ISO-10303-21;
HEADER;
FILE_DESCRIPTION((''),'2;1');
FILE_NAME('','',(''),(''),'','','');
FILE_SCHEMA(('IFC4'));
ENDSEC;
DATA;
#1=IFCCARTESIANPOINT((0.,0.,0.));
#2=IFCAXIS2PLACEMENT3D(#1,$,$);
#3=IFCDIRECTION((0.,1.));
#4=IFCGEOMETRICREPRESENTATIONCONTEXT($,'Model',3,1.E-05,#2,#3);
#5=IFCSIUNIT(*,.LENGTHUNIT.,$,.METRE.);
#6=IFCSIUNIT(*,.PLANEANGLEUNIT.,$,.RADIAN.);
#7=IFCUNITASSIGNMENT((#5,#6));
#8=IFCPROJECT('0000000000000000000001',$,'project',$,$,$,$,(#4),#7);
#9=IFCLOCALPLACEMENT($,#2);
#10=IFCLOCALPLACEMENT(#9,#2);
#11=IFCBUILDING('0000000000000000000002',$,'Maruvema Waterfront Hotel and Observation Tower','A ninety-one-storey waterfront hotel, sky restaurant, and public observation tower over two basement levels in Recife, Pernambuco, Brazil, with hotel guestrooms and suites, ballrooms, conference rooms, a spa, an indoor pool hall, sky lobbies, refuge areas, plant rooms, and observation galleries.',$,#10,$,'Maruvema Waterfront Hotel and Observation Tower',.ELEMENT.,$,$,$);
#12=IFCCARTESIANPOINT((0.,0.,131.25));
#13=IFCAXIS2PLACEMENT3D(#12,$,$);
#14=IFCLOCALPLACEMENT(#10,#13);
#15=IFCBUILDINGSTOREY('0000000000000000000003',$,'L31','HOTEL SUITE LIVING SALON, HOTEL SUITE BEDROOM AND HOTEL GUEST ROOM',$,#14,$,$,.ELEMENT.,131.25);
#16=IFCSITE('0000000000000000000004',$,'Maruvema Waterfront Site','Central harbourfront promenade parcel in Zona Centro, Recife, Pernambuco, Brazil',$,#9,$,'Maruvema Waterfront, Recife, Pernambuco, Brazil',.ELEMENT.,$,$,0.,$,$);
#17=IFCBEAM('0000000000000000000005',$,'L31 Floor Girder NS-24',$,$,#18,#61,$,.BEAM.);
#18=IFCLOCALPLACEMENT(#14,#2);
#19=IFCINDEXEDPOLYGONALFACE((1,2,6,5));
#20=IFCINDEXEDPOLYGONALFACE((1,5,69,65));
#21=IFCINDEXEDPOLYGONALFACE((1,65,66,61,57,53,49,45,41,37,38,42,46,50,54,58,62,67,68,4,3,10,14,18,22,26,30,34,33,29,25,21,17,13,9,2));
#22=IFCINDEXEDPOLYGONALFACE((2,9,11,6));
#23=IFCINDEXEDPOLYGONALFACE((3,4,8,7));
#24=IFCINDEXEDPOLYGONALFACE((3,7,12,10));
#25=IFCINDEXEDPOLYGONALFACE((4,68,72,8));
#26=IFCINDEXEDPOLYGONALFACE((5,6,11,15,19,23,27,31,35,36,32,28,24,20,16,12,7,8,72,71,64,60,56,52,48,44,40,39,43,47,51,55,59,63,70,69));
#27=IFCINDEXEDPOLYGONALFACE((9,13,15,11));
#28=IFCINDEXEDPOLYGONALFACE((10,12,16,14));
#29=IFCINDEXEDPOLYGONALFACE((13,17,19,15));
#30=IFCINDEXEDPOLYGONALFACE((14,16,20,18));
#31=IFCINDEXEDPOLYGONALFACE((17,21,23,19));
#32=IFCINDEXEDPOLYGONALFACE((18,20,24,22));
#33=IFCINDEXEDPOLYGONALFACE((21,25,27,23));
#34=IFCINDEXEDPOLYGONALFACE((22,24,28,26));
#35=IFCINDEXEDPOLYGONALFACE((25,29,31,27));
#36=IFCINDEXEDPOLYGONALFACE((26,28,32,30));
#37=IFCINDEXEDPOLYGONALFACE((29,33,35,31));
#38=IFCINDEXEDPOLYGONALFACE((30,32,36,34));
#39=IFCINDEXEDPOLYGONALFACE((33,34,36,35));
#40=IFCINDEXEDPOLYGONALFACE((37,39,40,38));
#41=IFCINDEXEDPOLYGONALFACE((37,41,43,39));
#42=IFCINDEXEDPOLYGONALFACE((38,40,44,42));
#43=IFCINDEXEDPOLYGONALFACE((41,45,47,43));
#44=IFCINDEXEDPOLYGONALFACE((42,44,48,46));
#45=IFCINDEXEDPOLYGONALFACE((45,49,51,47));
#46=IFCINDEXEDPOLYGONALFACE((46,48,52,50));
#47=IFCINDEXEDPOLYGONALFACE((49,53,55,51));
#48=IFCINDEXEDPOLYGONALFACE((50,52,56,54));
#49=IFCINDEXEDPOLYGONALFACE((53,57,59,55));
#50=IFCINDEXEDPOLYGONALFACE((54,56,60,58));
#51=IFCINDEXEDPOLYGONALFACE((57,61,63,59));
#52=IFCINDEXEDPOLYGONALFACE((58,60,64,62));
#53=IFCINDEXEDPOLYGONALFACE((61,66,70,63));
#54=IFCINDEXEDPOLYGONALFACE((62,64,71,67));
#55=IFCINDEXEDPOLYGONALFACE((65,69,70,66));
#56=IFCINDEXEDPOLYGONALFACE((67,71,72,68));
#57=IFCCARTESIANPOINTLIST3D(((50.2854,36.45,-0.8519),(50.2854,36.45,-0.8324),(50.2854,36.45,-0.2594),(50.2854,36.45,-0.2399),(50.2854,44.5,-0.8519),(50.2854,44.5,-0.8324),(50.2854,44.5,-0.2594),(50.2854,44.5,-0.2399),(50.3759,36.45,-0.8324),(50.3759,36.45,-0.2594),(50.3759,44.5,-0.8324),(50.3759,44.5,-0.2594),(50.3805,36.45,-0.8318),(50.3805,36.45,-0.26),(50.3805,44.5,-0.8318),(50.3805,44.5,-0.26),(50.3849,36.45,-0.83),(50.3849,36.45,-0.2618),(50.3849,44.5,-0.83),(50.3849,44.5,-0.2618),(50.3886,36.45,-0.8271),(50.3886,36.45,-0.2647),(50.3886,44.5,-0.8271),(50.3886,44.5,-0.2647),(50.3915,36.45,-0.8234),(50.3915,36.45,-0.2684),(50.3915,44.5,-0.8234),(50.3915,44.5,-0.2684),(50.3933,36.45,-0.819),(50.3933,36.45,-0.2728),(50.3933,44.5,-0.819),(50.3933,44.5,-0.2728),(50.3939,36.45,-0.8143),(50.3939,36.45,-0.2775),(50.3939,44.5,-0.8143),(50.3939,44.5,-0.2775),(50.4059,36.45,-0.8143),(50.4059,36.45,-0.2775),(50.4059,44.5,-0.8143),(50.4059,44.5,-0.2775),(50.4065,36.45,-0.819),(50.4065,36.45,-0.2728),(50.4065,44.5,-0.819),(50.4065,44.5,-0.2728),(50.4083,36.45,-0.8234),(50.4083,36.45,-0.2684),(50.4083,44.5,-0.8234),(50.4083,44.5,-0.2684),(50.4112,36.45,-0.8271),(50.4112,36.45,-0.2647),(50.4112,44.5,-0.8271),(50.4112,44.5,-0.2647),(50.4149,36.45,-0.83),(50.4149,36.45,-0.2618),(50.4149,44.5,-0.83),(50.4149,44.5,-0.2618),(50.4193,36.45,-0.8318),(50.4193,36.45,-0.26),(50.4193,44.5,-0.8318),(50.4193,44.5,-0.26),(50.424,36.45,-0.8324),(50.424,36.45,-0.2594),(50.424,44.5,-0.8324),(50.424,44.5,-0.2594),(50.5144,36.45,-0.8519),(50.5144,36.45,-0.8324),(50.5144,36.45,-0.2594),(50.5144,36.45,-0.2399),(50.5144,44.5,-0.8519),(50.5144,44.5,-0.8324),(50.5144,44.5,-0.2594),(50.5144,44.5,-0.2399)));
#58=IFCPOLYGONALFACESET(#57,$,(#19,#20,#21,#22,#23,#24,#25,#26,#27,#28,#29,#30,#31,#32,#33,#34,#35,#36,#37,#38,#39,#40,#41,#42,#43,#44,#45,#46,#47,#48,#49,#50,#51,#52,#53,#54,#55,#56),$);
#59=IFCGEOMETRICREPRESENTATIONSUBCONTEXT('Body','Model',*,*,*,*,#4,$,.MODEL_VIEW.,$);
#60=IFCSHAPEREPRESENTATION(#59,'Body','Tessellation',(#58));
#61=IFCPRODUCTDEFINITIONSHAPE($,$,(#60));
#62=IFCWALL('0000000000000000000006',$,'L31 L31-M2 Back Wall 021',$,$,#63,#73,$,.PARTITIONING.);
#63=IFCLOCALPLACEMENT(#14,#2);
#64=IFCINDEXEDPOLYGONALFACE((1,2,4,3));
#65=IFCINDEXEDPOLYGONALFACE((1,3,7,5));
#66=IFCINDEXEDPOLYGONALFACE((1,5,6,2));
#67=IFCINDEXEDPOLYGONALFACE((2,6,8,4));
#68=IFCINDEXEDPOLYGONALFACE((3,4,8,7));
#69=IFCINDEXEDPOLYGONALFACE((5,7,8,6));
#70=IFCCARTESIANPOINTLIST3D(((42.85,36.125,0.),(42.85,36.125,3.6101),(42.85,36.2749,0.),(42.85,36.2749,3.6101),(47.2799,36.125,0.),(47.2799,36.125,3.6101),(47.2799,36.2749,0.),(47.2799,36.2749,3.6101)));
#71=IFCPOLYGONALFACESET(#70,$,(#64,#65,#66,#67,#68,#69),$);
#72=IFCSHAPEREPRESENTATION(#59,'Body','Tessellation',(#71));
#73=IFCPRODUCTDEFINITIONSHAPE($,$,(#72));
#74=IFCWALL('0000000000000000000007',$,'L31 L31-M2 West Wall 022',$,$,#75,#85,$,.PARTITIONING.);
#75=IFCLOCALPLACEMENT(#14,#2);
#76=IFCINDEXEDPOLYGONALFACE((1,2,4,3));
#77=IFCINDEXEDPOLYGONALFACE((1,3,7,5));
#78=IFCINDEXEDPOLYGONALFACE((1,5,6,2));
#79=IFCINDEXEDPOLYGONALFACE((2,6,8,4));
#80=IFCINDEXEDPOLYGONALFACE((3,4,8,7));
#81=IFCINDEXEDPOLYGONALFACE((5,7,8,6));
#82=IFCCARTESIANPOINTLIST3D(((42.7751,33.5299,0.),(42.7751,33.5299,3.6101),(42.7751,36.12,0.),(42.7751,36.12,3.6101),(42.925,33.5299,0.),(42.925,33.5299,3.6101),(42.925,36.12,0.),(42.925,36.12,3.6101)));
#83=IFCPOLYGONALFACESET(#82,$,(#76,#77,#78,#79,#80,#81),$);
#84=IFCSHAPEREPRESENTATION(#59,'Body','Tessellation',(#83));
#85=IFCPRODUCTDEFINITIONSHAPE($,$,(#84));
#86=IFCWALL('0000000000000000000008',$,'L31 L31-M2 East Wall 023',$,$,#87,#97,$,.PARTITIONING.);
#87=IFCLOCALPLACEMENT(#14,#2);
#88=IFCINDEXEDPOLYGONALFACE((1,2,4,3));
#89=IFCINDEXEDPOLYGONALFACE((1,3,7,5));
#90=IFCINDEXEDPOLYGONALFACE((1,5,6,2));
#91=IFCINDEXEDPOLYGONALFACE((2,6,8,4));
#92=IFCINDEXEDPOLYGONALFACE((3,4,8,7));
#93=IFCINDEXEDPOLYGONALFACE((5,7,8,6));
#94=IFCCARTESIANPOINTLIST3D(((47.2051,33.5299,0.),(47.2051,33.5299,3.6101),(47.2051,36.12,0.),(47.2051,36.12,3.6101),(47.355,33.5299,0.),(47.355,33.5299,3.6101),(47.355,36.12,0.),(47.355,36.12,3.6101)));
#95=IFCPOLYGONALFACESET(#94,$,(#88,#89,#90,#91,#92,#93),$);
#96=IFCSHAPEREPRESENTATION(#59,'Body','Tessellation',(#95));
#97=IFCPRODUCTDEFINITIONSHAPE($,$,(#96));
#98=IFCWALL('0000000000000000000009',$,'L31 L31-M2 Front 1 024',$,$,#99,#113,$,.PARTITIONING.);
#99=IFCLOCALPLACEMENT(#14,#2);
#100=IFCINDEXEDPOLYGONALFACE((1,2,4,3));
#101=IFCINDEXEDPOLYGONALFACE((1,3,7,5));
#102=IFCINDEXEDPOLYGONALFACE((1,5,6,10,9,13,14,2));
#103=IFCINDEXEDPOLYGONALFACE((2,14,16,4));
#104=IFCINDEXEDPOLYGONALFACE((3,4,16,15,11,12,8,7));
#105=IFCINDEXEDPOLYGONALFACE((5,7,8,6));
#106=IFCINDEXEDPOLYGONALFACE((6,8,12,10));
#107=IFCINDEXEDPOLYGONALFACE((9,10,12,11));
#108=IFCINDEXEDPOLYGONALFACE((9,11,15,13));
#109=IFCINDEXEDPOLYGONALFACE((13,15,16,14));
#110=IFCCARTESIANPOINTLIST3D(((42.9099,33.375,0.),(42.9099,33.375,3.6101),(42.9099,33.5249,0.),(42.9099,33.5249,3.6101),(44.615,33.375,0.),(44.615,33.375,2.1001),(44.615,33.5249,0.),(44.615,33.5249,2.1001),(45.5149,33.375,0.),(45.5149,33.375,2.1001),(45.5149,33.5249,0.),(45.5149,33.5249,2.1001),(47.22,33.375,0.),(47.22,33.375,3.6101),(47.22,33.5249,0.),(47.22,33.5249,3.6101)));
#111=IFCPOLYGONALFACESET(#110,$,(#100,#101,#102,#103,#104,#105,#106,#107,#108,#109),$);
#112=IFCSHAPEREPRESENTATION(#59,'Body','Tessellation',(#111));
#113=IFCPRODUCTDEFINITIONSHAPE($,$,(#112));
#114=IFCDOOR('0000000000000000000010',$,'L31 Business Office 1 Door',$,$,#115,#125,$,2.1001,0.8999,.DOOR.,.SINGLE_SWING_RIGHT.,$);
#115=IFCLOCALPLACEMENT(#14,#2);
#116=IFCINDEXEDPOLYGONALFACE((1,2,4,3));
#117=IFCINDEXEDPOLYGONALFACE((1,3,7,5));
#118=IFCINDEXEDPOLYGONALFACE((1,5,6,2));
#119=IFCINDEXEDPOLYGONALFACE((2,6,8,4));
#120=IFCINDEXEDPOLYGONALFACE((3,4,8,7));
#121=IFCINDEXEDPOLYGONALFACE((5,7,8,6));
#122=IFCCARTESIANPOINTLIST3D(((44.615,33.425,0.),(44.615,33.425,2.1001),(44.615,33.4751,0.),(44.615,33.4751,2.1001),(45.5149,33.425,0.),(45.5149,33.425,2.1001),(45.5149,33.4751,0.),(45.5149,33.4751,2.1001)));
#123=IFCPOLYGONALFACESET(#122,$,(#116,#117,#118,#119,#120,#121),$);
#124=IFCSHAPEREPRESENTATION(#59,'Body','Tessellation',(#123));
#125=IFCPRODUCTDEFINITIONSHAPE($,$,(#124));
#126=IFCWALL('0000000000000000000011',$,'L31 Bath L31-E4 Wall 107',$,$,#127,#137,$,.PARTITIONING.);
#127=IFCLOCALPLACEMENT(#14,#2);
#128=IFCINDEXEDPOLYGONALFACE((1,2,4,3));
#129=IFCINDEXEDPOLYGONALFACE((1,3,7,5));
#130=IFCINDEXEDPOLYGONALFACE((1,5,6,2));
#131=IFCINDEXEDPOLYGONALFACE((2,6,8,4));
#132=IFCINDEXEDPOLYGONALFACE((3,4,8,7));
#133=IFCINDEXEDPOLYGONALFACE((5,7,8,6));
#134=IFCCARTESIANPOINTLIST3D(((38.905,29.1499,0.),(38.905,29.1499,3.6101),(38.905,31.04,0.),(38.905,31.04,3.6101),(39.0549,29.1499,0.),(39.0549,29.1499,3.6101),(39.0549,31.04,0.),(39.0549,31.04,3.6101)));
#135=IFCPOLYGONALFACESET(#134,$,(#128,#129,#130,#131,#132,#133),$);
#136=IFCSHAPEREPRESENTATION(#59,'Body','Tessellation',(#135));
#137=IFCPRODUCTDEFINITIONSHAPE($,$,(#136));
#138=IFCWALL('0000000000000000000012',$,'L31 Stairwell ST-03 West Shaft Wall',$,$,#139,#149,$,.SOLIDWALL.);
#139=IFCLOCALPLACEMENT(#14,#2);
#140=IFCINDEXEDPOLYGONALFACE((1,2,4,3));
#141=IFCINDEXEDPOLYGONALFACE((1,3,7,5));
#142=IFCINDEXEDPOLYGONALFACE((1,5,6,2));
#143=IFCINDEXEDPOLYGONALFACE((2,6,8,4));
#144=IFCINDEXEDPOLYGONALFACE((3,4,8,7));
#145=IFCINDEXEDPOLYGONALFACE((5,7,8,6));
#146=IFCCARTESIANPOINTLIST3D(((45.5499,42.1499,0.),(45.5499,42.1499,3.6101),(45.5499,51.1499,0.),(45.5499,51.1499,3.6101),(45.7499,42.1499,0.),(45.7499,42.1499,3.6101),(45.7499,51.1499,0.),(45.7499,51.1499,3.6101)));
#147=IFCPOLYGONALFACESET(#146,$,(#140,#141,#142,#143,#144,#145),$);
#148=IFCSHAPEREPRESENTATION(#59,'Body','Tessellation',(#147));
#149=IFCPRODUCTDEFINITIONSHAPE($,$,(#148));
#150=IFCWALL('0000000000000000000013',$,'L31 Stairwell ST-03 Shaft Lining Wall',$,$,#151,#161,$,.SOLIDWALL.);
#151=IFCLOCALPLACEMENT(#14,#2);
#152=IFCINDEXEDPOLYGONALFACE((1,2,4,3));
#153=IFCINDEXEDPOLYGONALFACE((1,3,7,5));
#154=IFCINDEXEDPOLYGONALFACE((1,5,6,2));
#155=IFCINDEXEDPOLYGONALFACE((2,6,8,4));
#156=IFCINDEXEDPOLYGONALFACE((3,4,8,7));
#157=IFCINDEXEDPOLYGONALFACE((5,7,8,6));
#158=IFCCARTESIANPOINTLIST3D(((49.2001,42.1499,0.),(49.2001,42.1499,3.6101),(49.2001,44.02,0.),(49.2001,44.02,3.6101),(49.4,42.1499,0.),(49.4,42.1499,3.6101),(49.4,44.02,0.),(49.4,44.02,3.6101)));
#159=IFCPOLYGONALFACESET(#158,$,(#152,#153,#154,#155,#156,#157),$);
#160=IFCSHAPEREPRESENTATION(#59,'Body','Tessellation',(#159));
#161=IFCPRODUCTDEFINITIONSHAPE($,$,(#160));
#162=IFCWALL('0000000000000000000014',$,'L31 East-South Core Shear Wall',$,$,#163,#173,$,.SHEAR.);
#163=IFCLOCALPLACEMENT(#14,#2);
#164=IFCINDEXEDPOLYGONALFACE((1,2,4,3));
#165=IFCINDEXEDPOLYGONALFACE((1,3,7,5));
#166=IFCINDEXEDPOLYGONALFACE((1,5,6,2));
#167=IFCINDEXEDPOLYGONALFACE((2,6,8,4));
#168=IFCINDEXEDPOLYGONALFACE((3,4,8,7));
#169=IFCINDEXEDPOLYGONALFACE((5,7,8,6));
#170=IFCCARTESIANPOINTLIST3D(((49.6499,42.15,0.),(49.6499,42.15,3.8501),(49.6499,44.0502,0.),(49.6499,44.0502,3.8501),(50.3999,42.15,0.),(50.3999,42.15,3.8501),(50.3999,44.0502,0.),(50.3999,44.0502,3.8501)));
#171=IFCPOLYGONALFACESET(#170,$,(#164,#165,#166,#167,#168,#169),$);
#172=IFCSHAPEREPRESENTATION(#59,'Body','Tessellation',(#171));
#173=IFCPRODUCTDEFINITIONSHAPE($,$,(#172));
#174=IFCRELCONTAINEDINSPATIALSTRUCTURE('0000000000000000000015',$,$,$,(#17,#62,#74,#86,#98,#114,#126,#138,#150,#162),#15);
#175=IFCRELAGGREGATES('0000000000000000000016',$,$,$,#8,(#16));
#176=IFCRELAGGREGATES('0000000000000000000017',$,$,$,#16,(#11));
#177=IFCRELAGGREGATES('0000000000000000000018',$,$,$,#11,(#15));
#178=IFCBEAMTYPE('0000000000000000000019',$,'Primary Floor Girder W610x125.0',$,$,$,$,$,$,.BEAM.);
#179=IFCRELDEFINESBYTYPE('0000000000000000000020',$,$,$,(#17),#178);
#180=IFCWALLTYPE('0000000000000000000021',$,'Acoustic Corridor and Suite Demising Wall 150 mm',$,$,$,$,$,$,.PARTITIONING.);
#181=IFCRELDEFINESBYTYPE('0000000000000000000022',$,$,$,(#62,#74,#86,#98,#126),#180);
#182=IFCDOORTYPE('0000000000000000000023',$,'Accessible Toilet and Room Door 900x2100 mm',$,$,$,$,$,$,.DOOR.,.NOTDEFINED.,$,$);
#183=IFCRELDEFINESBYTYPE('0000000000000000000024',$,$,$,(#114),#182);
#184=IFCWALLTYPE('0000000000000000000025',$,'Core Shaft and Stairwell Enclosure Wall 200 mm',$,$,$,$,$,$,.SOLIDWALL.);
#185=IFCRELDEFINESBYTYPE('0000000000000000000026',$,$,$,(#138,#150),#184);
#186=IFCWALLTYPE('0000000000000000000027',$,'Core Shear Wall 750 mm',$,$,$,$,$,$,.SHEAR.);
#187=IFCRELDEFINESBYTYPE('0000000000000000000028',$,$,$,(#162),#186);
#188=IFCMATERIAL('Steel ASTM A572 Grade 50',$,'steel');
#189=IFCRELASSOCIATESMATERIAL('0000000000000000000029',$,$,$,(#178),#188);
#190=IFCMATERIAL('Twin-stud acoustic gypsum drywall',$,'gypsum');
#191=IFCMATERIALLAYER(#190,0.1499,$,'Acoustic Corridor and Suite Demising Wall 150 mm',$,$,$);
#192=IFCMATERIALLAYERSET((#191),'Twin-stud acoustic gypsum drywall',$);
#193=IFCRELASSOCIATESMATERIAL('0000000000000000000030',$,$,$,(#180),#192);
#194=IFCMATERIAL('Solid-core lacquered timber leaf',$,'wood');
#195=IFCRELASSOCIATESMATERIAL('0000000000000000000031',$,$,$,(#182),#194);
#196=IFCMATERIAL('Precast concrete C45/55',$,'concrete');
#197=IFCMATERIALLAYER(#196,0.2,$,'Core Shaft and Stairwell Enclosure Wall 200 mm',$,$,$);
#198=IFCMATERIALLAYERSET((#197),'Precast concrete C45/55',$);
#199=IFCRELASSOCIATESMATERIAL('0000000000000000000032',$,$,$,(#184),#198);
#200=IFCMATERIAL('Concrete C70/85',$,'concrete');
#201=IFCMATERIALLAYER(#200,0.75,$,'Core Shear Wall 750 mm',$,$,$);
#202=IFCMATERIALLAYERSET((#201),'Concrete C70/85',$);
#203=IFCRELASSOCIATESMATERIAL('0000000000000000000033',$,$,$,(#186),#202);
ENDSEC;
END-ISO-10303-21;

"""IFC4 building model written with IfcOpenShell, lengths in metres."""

from ifc_helpers import new_model, si_unit, direction, frame, frame_2d, origin, origin_2d, place, context, subcontext, project, spatial, rectangle, i_section, extrude, material, layer, layer_set, material_profile, profile_set, type_object, element, fill, save


model = new_model("IFC4")

# Units and contexts
model_context = context("Model", 3, precision=1e-05, world=origin(), true_north=direction((0.0, 1.0)))
body_context = subcontext(model_context, "Body", "Model", "MODEL_VIEW")
ifc_project = project(units=[si_unit("LENGTHUNIT", "METRE"), si_unit("PLANEANGLEUNIT", "RADIAN")], contexts=[model_context])

# Site, building, storey
site_placement = place(None, origin())
site = spatial("IfcSite", under=ifc_project, at=site_placement, Name="Maruvema Waterfront Site", Description="Central harbourfront promenade parcel in Zona Centro, Recife, Pernambuco, Brazil", LongName="Maruvema Waterfront, Recife, Pernambuco, Brazil", CompositionType="ELEMENT", RefElevation=0.0)
building_placement = place(site_placement, origin())
building = spatial("IfcBuilding", under=site, at=building_placement, Name="Maruvema Waterfront Hotel and Observation Tower", Description="A ninety-one-storey waterfront hotel, sky restaurant, and public observation tower over two basement levels in Recife, Pernambuco, Brazil, with hotel guestrooms and suites, ballrooms, conference rooms, a spa, an indoor pool hall, sky lobbies, refuge areas, plant rooms, and observation galleries.", LongName="Maruvema Waterfront Hotel and Observation Tower", CompositionType="ELEMENT")
storey_placement = place(building_placement, frame((0.0, 0.0, 131.25)))
storey = spatial("IfcBuildingStorey", under=building, at=storey_placement, Name="L31", Description="HOTEL SUITE LIVING SALON, HOTEL SUITE BEDROOM AND HOTEL GUEST ROOM", CompositionType="ELEMENT", Elevation=131.25)

# Beam
ifc_material_1 = material(Name="Steel ASTM A572 Grade 50", Category="steel")
ifc_material_profile_1 = material_profile(ifc_material_1, i_section(OverallWidth=0.229, OverallDepth=0.6121, WebThickness=0.012, FlangeThickness=0.0195, FilletRadius=0.0181, at=origin_2d()), Name="W610x125.0")
ifc_profile_set_1 = profile_set([ifc_material_profile_1], Name="Steel ASTM A572 Grade 50")
beam_type_1 = type_object("IfcBeamType", Name="Primary Floor Girder W610x125.0", PredefinedType="BEAM", material=ifc_profile_set_1)
for number, where, z_axis, x_axis, name in (
    (1, (50.3999, 36.45, -0.5459), (0.0, 1.0, 0.0), (-1.0, 0.0, 0.0), "L31 Floor Girder NS-24"),
):
    element("IfcBeam", number, at=place(storey_placement, frame(where, z_axis=z_axis, x_axis=x_axis)), inside=storey, type_object=beam_type_1, Name=name, PredefinedType="BEAM", context=body_context, shape_type="SweptSolid", body=[
        extrude(i_section(OverallWidth=0.229, OverallDepth=0.6121, WebThickness=0.012, FlangeThickness=0.0195, FilletRadius=0.0181, at=origin_2d()), origin(), (0.0, 0.0, 1.0), 8.05),
    ])

# Walls
ifc_material_2 = material(Name="Twin-stud acoustic gypsum drywall", Category="gypsum")
ifc_layer_1 = layer(ifc_material_2, 0.1499, Name="Acoustic Corridor and Suite Demising Wall 150 mm")
ifc_layer_set_1 = layer_set([ifc_layer_1], Name="Twin-stud acoustic gypsum drywall")
wall_type_1 = type_object("IfcWallType", Name="Acoustic Corridor and Suite Demising Wall 150 mm", PredefinedType="PARTITIONING", material=ifc_layer_set_1)
wall_1_placement = place(storey_placement, frame((42.8501, 36.2, 0.0), z_axis=(0.0, 0.0, 1.0), x_axis=(1.0, 0.0, 0.0)))
element("IfcWall", 2, at=wall_1_placement, inside=storey, type_object=wall_type_1, Name="L31 L31-M2 Back Wall 021", PredefinedType="PARTITIONING", context=body_context, shape_type="SweptSolid", body=[
    extrude(rectangle(XDim=4.4299, YDim=0.1499, at=frame_2d((2.2148, 0.0))), origin(), (0.0, 0.0, 1.0), 3.6101),
])
for number, where, z_axis, x_axis, name in (
    (3, (42.8501, 33.53, 0.0), (0.0, 0.0, 1.0), (0.0, 1.0, 0.0), "L31 L31-M2 West Wall 022"),
    (4, (47.28, 33.53, 0.0), (0.0, 0.0, 1.0), (0.0, 1.0, 0.0), "L31 L31-M2 East Wall 023"),
):
    element("IfcWall", number, at=place(storey_placement, frame(where, z_axis=z_axis, x_axis=x_axis)), inside=storey, type_object=wall_type_1, Name=name, PredefinedType="PARTITIONING", context=body_context, shape_type="SweptSolid", body=[
        extrude(rectangle(XDim=2.5901, YDim=0.1499, at=frame_2d((1.2949, 0.0))), origin(), (0.0, 0.0, 1.0), 3.6101),
    ])

# Wall, opening, door
wall_2_placement = place(storey_placement, frame((42.9099, 33.45, 0.0), z_axis=(0.0, 0.0, 1.0), x_axis=(1.0, 0.0, 0.0)))
wall_2 = element("IfcWall", 5, at=wall_2_placement, inside=storey, type_object=wall_type_1, Name="L31 L31-M2 Front 1 024", PredefinedType="PARTITIONING", context=body_context, shape_type="SweptSolid", body=[
    extrude(rectangle(XDim=4.3101, YDim=0.1499, at=frame_2d((2.155, 0.0))), origin(), (0.0, 0.0, 1.0), 3.6101),
])
opening_1_placement = place(wall_2_placement, frame((1.7051, 0.0, 0.0)))
opening_1 = element("IfcOpeningElement", 6, at=opening_1_placement, cuts=wall_2, PredefinedType="OPENING", context=body_context, shape_type="SweptSolid", body=[
    extrude(rectangle(XDim=0.8999, YDim=2.1001, at=frame_2d((0.45, 1.05))), frame((0.0, 0.085, 0.0), z_axis=(0.0, -1.0, 0.0), x_axis=(1.0, 0.0, 0.0)), (0.0, 0.0, 1.0), 0.1699),
])
ifc_material_3 = material(Name="Solid-core lacquered timber leaf", Category="wood")
door_type_1 = type_object("IfcDoorType", Name="Accessible Toilet and Room Door 900x2100 mm", OperationType="NOTDEFINED", PredefinedType="DOOR", material=ifc_material_3)
door_1_placement = place(opening_1_placement, frame((0.8999, 0.0, 0.0), z_axis=(0.0, 0.0, 1.0), x_axis=(-1.0, 0.0, 0.0)))
door_1 = element("IfcDoor", 7, at=door_1_placement, inside=storey, type_object=door_type_1, Name="L31 Business Office 1 Door", OperationType="SINGLE_SWING_RIGHT", OverallHeight=2.1001, OverallWidth=0.8999, PredefinedType="DOOR", context=body_context, shape_type="SweptSolid", body=[
    extrude(rectangle(XDim=0.8999, YDim=2.1001, at=frame_2d((0.45, 1.05))), frame((0.0, 0.0249, 0.0), z_axis=(0.0, -1.0, 0.0), x_axis=(1.0, 0.0, 0.0)), (0.0, 0.0, 1.0), 0.05),
])
fill(opening_1, door_1)

# Walls
wall_3_placement = place(storey_placement, frame((38.98, 29.1499, 0.0), z_axis=(0.0, 0.0, 1.0), x_axis=(0.0, 1.0, 0.0)))
element("IfcWall", 8, at=wall_3_placement, inside=storey, type_object=wall_type_1, Name="L31 Bath L31-E4 Wall 107", PredefinedType="PARTITIONING", context=body_context, shape_type="SweptSolid", body=[
    extrude(rectangle(XDim=1.8901, YDim=0.1499, at=frame_2d((0.9451, 0.0))), origin(), (0.0, 0.0, 1.0), 3.6101),
])
ifc_material_4 = material(Name="Precast concrete C45/55", Category="concrete")
ifc_layer_2 = layer(ifc_material_4, 0.2, Name="Core Shaft and Stairwell Enclosure Wall 200 mm")
ifc_layer_set_2 = layer_set([ifc_layer_2], Name="Precast concrete C45/55")
wall_type_2 = type_object("IfcWallType", Name="Core Shaft and Stairwell Enclosure Wall 200 mm", PredefinedType="SOLIDWALL", material=ifc_layer_set_2)
wall_4_placement = place(storey_placement, frame((45.6499, 42.1499, 0.0), z_axis=(0.0, 0.0, 1.0), x_axis=(0.0, 1.0, 0.0)))
element("IfcWall", 9, at=wall_4_placement, inside=storey, type_object=wall_type_2, Name="L31 Stairwell ST-03 West Shaft Wall", PredefinedType="SOLIDWALL", context=body_context, shape_type="SweptSolid", body=[
    extrude(rectangle(XDim=9.0, YDim=0.2, at=frame_2d((4.5, 0.0))), origin(), (0.0, 0.0, 1.0), 3.6101),
])
wall_5_placement = place(storey_placement, frame((49.3, 42.1499, 0.0), z_axis=(0.0, 0.0, 1.0), x_axis=(0.0, 1.0, 0.0)))
element("IfcWall", 10, at=wall_5_placement, inside=storey, type_object=wall_type_2, Name="L31 Stairwell ST-03 Shaft Lining Wall", PredefinedType="SOLIDWALL", context=body_context, shape_type="SweptSolid", body=[
    extrude(rectangle(XDim=1.8701, YDim=0.2, at=frame_2d((0.9351, 0.0))), origin(), (0.0, 0.0, 1.0), 3.6101),
])

# Shared definitions
ifc_material_5 = material(Name="Concrete C70/85", Category="concrete")
ifc_layer_3 = layer(ifc_material_5, 0.75, Name="Core Shear Wall 750 mm")
ifc_layer_set_3 = layer_set([ifc_layer_3], Name="Concrete C70/85")
wall_type_3 = type_object("IfcWallType", Name="Core Shear Wall 750 mm", PredefinedType="SHEAR", material=ifc_layer_set_3)

# Wall
wall_6_placement = place(storey_placement, frame((50.0249, 42.1499, 0.0), z_axis=(0.0, 0.0, 1.0), x_axis=(0.0, 1.0, 0.0)))
element("IfcWall", 11, at=wall_6_placement, inside=storey, type_object=wall_type_3, Name="L31 East-South Core Shear Wall", PredefinedType="SHEAR", context=body_context, shape_type="SweptSolid", body=[
    extrude(rectangle(XDim=1.9001, YDim=0.75, at=frame_2d((0.9502, 0.0))), origin(), (0.0, 0.0, 1.0), 3.8501),
])

save(model, "model.ifc")
